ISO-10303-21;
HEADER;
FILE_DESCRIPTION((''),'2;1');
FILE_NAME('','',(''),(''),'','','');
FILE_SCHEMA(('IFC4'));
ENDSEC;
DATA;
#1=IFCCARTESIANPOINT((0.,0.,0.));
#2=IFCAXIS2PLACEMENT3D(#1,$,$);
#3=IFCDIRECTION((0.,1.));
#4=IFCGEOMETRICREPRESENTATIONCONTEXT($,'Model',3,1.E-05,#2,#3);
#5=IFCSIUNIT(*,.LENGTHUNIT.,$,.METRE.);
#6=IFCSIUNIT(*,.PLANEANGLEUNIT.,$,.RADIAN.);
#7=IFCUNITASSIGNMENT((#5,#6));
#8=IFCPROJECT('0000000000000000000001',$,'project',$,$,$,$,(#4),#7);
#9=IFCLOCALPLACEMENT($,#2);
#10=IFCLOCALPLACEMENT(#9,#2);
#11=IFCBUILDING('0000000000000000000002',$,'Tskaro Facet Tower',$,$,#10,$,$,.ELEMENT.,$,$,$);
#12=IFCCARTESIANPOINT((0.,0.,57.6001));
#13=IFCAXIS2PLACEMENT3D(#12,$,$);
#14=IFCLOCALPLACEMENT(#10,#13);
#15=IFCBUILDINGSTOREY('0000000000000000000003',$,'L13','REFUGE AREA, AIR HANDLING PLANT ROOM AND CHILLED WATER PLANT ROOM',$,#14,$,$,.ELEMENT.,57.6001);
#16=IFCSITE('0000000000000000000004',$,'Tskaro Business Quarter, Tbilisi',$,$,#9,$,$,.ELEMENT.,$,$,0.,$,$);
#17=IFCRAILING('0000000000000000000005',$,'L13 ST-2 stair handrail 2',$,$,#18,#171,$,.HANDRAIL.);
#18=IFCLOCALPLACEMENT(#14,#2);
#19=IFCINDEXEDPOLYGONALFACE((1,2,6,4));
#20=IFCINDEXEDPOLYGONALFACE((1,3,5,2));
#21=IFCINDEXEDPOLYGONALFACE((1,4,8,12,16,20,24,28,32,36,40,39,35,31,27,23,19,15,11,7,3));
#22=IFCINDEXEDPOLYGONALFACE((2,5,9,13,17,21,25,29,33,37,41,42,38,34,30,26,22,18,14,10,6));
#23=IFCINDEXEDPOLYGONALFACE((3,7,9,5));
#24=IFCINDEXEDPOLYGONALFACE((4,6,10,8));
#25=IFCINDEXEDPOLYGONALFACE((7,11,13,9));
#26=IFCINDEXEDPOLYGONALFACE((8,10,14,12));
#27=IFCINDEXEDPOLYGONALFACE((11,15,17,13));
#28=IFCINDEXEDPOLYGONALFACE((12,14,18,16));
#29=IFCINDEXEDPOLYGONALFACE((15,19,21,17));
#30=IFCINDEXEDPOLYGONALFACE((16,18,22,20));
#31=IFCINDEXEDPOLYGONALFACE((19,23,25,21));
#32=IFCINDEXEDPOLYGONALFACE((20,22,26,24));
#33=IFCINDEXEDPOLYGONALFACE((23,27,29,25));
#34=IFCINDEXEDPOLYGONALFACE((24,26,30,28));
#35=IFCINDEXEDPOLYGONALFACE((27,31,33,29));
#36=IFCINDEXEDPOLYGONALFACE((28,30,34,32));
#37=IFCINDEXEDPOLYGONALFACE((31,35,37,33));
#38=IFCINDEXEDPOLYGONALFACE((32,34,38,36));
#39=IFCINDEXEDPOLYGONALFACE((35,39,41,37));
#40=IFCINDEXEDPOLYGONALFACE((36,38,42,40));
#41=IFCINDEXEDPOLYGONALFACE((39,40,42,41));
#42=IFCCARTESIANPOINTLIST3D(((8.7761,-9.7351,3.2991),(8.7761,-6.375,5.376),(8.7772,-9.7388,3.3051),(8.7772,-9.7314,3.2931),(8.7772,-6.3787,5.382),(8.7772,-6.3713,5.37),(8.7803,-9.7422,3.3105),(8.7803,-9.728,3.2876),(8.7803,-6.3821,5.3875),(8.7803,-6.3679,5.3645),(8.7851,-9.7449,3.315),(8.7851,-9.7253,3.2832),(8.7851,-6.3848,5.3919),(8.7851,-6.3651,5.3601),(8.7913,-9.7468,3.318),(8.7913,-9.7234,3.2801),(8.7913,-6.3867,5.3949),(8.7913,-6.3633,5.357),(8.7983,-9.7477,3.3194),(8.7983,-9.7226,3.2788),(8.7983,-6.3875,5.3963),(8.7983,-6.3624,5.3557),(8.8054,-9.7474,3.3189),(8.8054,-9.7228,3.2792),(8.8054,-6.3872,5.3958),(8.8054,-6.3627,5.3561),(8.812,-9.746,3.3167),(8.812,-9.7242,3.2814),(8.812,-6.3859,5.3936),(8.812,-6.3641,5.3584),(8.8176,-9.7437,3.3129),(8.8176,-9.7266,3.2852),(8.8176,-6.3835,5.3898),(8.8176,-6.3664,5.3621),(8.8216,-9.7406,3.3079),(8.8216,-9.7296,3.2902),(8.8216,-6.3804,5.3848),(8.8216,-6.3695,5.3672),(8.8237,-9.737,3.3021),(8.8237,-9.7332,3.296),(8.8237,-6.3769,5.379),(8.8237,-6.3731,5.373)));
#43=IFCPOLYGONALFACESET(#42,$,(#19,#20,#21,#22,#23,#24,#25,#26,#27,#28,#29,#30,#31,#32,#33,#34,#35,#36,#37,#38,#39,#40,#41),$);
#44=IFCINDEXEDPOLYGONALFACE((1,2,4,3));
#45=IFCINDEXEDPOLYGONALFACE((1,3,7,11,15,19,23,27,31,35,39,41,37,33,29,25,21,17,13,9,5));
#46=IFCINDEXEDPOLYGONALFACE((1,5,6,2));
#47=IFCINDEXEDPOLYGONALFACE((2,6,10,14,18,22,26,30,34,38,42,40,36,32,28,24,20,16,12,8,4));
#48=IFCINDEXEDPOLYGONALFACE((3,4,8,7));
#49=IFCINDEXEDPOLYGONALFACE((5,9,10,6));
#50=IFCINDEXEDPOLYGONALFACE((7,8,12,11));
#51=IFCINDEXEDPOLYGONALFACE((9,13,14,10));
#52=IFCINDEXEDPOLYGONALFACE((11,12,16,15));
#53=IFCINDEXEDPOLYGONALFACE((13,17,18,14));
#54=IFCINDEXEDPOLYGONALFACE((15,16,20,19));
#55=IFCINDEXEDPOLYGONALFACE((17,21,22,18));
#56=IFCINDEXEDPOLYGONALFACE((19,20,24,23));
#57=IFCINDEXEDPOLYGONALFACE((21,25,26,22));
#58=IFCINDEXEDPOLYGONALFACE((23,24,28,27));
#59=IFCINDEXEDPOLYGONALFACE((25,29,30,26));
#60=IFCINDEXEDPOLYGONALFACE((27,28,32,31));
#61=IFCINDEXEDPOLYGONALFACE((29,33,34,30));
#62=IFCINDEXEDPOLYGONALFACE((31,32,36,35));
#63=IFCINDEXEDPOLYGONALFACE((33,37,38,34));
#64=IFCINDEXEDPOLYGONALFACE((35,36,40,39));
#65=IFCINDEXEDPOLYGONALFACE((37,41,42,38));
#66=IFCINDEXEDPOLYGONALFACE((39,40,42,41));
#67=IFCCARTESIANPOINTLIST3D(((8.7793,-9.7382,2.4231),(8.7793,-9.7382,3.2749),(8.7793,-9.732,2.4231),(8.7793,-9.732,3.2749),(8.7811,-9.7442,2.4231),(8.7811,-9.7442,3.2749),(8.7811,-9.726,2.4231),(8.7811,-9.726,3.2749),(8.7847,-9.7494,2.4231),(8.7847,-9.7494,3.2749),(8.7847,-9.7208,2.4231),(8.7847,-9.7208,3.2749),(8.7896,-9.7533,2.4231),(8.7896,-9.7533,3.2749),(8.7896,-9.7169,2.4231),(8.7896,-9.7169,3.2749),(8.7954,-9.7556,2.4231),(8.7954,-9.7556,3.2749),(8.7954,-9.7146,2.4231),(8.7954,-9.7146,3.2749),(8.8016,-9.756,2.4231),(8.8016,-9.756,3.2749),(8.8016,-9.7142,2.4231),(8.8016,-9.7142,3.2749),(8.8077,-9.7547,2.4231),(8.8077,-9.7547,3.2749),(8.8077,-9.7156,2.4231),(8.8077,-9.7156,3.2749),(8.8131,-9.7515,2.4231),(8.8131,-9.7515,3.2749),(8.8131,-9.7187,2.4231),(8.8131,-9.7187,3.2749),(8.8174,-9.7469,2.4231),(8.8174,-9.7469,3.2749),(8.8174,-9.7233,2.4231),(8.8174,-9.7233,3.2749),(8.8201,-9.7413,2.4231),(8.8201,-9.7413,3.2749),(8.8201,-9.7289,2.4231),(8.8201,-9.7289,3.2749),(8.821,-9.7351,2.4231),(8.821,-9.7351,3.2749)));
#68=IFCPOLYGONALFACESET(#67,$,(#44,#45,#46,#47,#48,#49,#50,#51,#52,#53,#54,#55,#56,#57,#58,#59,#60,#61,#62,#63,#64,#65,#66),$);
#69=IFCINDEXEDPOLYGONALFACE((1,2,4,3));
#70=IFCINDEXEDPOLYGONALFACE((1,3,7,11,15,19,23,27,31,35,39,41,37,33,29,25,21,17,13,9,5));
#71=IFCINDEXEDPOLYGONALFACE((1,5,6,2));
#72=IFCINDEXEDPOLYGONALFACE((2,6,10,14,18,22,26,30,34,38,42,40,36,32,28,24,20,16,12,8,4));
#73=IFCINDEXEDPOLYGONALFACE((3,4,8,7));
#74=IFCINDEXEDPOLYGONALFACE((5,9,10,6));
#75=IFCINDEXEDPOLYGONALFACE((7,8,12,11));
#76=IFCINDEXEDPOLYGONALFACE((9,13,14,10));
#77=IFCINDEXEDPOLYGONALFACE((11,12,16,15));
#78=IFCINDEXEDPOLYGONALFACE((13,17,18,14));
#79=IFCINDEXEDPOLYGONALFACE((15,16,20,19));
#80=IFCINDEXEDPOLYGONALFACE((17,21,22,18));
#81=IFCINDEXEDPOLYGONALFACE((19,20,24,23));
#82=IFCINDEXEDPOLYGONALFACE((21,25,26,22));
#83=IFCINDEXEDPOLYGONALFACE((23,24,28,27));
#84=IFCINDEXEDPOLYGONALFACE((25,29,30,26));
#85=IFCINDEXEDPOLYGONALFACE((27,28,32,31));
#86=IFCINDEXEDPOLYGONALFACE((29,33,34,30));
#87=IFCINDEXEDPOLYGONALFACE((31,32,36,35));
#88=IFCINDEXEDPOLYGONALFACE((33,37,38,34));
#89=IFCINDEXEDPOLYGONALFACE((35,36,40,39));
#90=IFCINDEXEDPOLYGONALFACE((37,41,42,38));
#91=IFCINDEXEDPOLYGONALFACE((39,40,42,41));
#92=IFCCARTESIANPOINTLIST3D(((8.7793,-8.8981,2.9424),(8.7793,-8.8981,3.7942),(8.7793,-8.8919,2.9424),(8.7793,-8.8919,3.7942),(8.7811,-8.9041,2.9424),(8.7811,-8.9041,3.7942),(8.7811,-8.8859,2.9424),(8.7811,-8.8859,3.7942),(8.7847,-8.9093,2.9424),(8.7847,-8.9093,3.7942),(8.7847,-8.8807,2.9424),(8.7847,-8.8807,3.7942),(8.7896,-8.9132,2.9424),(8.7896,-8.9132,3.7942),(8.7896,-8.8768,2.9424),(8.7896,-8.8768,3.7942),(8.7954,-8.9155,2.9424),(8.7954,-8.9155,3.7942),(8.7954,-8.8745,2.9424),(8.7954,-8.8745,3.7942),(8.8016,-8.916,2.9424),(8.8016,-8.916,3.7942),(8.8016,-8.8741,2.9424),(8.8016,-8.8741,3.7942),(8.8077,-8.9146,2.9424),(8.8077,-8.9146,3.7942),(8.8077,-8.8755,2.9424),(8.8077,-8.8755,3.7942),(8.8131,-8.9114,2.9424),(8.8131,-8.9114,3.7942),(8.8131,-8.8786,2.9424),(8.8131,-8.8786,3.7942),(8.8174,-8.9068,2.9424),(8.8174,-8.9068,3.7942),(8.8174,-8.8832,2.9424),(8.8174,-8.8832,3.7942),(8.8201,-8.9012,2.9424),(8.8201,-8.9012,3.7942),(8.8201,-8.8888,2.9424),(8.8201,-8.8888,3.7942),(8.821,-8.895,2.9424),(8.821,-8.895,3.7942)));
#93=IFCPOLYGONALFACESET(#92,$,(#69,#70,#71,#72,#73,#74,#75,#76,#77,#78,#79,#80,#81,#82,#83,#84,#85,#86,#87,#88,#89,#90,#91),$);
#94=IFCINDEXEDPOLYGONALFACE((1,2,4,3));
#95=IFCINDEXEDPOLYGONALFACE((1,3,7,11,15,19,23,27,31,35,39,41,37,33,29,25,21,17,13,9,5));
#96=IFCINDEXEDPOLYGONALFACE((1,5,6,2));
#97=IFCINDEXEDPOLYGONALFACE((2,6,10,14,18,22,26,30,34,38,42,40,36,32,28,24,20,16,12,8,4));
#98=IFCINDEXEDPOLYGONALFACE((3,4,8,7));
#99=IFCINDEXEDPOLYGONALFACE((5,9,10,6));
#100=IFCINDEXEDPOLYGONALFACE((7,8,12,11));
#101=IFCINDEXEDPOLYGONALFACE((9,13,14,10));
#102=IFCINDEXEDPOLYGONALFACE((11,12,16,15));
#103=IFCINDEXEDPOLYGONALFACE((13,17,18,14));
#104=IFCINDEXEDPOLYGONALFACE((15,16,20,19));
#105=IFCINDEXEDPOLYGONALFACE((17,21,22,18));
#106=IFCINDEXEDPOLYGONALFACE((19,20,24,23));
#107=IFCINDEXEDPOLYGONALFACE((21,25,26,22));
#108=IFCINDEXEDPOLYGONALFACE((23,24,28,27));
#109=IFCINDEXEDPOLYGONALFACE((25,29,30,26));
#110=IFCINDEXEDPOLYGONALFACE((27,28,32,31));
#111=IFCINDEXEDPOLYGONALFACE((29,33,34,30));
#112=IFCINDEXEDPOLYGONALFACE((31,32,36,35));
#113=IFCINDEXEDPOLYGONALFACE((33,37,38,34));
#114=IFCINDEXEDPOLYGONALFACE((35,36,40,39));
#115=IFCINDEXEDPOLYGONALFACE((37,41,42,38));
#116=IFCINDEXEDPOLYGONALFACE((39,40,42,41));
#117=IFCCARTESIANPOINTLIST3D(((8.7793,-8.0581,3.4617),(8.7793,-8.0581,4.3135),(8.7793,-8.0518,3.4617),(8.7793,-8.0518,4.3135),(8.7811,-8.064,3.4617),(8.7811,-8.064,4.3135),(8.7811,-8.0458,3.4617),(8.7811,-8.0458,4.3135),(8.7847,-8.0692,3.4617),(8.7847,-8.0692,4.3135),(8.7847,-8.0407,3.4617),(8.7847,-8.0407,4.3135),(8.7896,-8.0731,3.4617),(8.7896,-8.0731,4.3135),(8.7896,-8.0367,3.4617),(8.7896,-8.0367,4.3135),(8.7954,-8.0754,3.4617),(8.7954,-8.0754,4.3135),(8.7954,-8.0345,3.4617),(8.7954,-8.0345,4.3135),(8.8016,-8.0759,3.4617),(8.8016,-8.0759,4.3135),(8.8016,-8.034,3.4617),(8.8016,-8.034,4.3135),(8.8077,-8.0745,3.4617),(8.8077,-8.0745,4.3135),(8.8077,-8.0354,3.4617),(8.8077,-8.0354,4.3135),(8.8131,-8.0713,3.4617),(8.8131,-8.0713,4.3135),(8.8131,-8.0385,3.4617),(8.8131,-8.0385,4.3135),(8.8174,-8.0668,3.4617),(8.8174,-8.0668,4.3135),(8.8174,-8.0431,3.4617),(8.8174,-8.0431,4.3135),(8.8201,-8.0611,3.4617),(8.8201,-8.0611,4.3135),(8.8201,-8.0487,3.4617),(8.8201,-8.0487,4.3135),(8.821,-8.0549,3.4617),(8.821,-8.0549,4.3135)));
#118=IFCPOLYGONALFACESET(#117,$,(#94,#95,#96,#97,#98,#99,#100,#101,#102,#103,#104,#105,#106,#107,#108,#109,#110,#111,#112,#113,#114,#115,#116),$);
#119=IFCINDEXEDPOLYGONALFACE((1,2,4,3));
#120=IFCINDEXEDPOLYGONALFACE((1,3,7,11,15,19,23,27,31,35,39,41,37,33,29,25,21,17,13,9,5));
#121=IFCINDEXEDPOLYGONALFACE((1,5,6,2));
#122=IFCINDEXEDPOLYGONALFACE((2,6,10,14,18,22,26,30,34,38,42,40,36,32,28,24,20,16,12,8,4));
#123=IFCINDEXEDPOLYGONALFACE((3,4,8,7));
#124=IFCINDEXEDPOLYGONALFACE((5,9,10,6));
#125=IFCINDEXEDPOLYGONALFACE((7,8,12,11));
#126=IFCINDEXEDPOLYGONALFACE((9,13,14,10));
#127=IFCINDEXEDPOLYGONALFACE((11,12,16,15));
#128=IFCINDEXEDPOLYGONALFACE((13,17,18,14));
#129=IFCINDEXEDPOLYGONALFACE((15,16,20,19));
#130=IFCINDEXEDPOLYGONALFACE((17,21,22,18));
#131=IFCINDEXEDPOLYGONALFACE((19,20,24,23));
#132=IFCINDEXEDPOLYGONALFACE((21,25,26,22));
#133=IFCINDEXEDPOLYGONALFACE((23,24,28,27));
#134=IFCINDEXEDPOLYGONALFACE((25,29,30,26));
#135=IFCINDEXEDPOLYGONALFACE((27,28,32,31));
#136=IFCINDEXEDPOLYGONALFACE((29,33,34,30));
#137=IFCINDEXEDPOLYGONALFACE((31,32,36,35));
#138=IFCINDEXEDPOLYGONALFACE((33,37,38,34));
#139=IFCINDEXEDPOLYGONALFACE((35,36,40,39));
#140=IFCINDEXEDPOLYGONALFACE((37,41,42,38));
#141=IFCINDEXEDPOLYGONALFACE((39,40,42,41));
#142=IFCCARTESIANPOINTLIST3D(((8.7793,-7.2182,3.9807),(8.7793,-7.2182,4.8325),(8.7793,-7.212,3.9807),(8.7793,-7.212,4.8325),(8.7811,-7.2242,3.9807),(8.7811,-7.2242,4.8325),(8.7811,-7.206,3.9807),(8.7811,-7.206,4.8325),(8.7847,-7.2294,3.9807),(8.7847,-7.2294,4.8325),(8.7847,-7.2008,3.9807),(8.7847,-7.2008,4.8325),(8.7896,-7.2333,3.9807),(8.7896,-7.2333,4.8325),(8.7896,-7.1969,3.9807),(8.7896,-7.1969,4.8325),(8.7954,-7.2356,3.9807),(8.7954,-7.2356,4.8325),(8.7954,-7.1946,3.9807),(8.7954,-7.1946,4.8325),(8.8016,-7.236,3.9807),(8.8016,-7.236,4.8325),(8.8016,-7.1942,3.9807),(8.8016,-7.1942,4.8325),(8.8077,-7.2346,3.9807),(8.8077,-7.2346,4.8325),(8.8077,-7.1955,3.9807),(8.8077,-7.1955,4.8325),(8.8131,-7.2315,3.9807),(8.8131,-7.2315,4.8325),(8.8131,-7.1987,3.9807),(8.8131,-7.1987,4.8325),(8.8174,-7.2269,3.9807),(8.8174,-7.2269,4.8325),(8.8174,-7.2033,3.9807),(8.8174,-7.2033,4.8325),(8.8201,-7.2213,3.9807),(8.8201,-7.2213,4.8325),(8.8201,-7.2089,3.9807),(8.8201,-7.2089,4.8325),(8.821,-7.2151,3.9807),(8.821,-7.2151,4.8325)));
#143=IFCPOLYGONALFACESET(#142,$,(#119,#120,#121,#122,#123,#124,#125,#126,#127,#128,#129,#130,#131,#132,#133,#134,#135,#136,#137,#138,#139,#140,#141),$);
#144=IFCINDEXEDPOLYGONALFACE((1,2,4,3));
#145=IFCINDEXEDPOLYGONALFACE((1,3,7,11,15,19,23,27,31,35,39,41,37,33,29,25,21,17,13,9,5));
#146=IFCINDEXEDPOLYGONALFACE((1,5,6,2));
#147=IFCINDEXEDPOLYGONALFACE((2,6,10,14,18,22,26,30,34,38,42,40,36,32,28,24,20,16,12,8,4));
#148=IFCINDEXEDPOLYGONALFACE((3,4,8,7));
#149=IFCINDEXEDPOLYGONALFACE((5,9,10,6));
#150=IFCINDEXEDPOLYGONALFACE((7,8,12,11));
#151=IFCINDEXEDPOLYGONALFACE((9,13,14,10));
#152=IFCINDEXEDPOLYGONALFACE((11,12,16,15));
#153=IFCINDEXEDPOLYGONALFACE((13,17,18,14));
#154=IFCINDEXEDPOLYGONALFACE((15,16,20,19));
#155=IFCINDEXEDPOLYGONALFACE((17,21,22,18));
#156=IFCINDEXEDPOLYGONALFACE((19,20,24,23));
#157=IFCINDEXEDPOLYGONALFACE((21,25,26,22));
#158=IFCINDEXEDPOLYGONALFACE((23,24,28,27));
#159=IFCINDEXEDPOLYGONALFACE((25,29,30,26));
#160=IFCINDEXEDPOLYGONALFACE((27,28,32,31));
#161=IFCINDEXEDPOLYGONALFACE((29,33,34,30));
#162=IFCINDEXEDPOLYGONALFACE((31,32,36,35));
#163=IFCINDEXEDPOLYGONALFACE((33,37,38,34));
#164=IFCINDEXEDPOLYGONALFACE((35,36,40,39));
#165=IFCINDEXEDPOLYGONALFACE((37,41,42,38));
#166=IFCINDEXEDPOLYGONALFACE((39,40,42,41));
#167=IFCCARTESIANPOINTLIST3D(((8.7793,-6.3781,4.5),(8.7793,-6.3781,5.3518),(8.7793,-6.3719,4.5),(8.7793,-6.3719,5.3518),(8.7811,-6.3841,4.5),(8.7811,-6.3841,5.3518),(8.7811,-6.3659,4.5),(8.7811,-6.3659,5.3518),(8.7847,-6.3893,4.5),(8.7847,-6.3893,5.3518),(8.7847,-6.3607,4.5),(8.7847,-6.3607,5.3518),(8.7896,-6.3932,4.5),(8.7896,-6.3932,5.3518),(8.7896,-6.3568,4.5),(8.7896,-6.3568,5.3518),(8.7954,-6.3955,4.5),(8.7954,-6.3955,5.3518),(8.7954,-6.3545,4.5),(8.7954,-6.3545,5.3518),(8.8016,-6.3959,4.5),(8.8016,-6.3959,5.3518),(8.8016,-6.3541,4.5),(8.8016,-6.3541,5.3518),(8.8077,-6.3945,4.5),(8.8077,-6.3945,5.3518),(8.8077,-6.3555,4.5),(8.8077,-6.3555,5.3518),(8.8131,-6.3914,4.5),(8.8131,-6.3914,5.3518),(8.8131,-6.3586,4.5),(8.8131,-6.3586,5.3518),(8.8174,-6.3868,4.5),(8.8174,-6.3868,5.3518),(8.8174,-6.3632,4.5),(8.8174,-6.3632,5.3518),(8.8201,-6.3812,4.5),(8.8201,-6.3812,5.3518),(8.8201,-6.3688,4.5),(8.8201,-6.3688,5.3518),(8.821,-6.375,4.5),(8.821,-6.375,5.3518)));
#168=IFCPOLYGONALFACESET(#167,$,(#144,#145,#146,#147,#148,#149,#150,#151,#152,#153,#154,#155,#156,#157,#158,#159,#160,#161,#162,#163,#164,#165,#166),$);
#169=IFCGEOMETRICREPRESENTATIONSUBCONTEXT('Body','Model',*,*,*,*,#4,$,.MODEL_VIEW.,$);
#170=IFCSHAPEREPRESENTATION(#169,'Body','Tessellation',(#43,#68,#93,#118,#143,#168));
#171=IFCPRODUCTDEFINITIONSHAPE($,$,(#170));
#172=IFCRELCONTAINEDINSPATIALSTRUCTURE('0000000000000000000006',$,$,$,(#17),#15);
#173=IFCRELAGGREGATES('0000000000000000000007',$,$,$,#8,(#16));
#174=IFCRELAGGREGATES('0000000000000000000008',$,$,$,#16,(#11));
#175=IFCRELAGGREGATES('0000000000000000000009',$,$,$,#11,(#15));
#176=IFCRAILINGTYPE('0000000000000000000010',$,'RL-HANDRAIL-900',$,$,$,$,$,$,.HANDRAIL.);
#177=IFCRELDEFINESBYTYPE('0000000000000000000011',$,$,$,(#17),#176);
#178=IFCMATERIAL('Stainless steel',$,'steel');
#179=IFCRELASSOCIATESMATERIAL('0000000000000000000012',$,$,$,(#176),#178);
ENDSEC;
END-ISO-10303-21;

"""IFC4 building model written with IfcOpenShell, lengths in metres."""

from ifc_helpers import new_model, si_unit, direction, frame, origin, origin_2d, place, context, subcontext, project, spatial, circle, extrude, material, type_object, element, save


model = new_model("IFC4")

# Units and contexts
model_context = context("Model", 3, precision=1e-05, world=origin(), true_north=direction((0.0, 1.0)))
body_context = subcontext(model_context, "Body", "Model", "MODEL_VIEW")
ifc_project = project(units=[si_unit("LENGTHUNIT", "METRE"), si_unit("PLANEANGLEUNIT", "RADIAN")], contexts=[model_context])

# Site, building, storey
site_placement = place(None, origin())
site = spatial("IfcSite", under=ifc_project, at=site_placement, Name="Tskaro Business Quarter, Tbilisi", CompositionType="ELEMENT", RefElevation=0.0)
building_placement = place(site_placement, origin())
building = spatial("IfcBuilding", under=site, at=building_placement, Name="Tskaro Facet Tower", CompositionType="ELEMENT")
storey_placement = place(building_placement, frame((0.0, 0.0, 57.6001)))
storey = spatial("IfcBuildingStorey", under=building, at=storey_placement, Name="L13", Description="REFUGE AREA, AIR HANDLING PLANT ROOM AND CHILLED WATER PLANT ROOM", CompositionType="ELEMENT", Elevation=57.6001)

# Railing
ifc_material_1 = material(Name="Stainless steel", Category="steel")
railing_type_1 = type_object("IfcRailingType", Name="RL-HANDRAIL-900", PredefinedType="HANDRAIL", material=ifc_material_1)
railing_1_placement = place(storey_placement, frame((8.8, -9.7351, 2.4231)))
element("IfcRailing", 1, at=railing_1_placement, inside=storey, type_object=railing_type_1, Name="L13 ST-2 stair handrail 2", PredefinedType="HANDRAIL", context=body_context, shape_type="SweptSolid", body=[
    extrude(circle(Radius=0.0239, at=origin_2d()), frame((0.0, 0.0, 0.876), z_axis=(0.0, 0.850623, 0.525776), x_axis=(-1.0, 0.0, 0.0)), (0.0, 0.0, 1.0), 3.9502),
    extrude(circle(Radius=0.021, at=origin_2d()), origin(), (0.0, 0.0, 1.0), 0.8518),
    extrude(circle(Radius=0.021, at=origin_2d()), frame((0.0, 0.8401, 0.5193)), (0.0, 0.0, 1.0), 0.8518),
    extrude(circle(Radius=0.021, at=origin_2d()), frame((0.0, 1.6802, 1.0386)), (0.0, 0.0, 1.0), 0.8518),
    extrude(circle(Radius=0.021, at=origin_2d()), frame((0.0, 2.52, 1.5576)), (0.0, 0.0, 1.0), 0.8518),
    extrude(circle(Radius=0.021, at=origin_2d()), frame((0.0, 3.3601, 2.0769)), (0.0, 0.0, 1.0), 0.8518),
])

save(model, "model.ifc")
